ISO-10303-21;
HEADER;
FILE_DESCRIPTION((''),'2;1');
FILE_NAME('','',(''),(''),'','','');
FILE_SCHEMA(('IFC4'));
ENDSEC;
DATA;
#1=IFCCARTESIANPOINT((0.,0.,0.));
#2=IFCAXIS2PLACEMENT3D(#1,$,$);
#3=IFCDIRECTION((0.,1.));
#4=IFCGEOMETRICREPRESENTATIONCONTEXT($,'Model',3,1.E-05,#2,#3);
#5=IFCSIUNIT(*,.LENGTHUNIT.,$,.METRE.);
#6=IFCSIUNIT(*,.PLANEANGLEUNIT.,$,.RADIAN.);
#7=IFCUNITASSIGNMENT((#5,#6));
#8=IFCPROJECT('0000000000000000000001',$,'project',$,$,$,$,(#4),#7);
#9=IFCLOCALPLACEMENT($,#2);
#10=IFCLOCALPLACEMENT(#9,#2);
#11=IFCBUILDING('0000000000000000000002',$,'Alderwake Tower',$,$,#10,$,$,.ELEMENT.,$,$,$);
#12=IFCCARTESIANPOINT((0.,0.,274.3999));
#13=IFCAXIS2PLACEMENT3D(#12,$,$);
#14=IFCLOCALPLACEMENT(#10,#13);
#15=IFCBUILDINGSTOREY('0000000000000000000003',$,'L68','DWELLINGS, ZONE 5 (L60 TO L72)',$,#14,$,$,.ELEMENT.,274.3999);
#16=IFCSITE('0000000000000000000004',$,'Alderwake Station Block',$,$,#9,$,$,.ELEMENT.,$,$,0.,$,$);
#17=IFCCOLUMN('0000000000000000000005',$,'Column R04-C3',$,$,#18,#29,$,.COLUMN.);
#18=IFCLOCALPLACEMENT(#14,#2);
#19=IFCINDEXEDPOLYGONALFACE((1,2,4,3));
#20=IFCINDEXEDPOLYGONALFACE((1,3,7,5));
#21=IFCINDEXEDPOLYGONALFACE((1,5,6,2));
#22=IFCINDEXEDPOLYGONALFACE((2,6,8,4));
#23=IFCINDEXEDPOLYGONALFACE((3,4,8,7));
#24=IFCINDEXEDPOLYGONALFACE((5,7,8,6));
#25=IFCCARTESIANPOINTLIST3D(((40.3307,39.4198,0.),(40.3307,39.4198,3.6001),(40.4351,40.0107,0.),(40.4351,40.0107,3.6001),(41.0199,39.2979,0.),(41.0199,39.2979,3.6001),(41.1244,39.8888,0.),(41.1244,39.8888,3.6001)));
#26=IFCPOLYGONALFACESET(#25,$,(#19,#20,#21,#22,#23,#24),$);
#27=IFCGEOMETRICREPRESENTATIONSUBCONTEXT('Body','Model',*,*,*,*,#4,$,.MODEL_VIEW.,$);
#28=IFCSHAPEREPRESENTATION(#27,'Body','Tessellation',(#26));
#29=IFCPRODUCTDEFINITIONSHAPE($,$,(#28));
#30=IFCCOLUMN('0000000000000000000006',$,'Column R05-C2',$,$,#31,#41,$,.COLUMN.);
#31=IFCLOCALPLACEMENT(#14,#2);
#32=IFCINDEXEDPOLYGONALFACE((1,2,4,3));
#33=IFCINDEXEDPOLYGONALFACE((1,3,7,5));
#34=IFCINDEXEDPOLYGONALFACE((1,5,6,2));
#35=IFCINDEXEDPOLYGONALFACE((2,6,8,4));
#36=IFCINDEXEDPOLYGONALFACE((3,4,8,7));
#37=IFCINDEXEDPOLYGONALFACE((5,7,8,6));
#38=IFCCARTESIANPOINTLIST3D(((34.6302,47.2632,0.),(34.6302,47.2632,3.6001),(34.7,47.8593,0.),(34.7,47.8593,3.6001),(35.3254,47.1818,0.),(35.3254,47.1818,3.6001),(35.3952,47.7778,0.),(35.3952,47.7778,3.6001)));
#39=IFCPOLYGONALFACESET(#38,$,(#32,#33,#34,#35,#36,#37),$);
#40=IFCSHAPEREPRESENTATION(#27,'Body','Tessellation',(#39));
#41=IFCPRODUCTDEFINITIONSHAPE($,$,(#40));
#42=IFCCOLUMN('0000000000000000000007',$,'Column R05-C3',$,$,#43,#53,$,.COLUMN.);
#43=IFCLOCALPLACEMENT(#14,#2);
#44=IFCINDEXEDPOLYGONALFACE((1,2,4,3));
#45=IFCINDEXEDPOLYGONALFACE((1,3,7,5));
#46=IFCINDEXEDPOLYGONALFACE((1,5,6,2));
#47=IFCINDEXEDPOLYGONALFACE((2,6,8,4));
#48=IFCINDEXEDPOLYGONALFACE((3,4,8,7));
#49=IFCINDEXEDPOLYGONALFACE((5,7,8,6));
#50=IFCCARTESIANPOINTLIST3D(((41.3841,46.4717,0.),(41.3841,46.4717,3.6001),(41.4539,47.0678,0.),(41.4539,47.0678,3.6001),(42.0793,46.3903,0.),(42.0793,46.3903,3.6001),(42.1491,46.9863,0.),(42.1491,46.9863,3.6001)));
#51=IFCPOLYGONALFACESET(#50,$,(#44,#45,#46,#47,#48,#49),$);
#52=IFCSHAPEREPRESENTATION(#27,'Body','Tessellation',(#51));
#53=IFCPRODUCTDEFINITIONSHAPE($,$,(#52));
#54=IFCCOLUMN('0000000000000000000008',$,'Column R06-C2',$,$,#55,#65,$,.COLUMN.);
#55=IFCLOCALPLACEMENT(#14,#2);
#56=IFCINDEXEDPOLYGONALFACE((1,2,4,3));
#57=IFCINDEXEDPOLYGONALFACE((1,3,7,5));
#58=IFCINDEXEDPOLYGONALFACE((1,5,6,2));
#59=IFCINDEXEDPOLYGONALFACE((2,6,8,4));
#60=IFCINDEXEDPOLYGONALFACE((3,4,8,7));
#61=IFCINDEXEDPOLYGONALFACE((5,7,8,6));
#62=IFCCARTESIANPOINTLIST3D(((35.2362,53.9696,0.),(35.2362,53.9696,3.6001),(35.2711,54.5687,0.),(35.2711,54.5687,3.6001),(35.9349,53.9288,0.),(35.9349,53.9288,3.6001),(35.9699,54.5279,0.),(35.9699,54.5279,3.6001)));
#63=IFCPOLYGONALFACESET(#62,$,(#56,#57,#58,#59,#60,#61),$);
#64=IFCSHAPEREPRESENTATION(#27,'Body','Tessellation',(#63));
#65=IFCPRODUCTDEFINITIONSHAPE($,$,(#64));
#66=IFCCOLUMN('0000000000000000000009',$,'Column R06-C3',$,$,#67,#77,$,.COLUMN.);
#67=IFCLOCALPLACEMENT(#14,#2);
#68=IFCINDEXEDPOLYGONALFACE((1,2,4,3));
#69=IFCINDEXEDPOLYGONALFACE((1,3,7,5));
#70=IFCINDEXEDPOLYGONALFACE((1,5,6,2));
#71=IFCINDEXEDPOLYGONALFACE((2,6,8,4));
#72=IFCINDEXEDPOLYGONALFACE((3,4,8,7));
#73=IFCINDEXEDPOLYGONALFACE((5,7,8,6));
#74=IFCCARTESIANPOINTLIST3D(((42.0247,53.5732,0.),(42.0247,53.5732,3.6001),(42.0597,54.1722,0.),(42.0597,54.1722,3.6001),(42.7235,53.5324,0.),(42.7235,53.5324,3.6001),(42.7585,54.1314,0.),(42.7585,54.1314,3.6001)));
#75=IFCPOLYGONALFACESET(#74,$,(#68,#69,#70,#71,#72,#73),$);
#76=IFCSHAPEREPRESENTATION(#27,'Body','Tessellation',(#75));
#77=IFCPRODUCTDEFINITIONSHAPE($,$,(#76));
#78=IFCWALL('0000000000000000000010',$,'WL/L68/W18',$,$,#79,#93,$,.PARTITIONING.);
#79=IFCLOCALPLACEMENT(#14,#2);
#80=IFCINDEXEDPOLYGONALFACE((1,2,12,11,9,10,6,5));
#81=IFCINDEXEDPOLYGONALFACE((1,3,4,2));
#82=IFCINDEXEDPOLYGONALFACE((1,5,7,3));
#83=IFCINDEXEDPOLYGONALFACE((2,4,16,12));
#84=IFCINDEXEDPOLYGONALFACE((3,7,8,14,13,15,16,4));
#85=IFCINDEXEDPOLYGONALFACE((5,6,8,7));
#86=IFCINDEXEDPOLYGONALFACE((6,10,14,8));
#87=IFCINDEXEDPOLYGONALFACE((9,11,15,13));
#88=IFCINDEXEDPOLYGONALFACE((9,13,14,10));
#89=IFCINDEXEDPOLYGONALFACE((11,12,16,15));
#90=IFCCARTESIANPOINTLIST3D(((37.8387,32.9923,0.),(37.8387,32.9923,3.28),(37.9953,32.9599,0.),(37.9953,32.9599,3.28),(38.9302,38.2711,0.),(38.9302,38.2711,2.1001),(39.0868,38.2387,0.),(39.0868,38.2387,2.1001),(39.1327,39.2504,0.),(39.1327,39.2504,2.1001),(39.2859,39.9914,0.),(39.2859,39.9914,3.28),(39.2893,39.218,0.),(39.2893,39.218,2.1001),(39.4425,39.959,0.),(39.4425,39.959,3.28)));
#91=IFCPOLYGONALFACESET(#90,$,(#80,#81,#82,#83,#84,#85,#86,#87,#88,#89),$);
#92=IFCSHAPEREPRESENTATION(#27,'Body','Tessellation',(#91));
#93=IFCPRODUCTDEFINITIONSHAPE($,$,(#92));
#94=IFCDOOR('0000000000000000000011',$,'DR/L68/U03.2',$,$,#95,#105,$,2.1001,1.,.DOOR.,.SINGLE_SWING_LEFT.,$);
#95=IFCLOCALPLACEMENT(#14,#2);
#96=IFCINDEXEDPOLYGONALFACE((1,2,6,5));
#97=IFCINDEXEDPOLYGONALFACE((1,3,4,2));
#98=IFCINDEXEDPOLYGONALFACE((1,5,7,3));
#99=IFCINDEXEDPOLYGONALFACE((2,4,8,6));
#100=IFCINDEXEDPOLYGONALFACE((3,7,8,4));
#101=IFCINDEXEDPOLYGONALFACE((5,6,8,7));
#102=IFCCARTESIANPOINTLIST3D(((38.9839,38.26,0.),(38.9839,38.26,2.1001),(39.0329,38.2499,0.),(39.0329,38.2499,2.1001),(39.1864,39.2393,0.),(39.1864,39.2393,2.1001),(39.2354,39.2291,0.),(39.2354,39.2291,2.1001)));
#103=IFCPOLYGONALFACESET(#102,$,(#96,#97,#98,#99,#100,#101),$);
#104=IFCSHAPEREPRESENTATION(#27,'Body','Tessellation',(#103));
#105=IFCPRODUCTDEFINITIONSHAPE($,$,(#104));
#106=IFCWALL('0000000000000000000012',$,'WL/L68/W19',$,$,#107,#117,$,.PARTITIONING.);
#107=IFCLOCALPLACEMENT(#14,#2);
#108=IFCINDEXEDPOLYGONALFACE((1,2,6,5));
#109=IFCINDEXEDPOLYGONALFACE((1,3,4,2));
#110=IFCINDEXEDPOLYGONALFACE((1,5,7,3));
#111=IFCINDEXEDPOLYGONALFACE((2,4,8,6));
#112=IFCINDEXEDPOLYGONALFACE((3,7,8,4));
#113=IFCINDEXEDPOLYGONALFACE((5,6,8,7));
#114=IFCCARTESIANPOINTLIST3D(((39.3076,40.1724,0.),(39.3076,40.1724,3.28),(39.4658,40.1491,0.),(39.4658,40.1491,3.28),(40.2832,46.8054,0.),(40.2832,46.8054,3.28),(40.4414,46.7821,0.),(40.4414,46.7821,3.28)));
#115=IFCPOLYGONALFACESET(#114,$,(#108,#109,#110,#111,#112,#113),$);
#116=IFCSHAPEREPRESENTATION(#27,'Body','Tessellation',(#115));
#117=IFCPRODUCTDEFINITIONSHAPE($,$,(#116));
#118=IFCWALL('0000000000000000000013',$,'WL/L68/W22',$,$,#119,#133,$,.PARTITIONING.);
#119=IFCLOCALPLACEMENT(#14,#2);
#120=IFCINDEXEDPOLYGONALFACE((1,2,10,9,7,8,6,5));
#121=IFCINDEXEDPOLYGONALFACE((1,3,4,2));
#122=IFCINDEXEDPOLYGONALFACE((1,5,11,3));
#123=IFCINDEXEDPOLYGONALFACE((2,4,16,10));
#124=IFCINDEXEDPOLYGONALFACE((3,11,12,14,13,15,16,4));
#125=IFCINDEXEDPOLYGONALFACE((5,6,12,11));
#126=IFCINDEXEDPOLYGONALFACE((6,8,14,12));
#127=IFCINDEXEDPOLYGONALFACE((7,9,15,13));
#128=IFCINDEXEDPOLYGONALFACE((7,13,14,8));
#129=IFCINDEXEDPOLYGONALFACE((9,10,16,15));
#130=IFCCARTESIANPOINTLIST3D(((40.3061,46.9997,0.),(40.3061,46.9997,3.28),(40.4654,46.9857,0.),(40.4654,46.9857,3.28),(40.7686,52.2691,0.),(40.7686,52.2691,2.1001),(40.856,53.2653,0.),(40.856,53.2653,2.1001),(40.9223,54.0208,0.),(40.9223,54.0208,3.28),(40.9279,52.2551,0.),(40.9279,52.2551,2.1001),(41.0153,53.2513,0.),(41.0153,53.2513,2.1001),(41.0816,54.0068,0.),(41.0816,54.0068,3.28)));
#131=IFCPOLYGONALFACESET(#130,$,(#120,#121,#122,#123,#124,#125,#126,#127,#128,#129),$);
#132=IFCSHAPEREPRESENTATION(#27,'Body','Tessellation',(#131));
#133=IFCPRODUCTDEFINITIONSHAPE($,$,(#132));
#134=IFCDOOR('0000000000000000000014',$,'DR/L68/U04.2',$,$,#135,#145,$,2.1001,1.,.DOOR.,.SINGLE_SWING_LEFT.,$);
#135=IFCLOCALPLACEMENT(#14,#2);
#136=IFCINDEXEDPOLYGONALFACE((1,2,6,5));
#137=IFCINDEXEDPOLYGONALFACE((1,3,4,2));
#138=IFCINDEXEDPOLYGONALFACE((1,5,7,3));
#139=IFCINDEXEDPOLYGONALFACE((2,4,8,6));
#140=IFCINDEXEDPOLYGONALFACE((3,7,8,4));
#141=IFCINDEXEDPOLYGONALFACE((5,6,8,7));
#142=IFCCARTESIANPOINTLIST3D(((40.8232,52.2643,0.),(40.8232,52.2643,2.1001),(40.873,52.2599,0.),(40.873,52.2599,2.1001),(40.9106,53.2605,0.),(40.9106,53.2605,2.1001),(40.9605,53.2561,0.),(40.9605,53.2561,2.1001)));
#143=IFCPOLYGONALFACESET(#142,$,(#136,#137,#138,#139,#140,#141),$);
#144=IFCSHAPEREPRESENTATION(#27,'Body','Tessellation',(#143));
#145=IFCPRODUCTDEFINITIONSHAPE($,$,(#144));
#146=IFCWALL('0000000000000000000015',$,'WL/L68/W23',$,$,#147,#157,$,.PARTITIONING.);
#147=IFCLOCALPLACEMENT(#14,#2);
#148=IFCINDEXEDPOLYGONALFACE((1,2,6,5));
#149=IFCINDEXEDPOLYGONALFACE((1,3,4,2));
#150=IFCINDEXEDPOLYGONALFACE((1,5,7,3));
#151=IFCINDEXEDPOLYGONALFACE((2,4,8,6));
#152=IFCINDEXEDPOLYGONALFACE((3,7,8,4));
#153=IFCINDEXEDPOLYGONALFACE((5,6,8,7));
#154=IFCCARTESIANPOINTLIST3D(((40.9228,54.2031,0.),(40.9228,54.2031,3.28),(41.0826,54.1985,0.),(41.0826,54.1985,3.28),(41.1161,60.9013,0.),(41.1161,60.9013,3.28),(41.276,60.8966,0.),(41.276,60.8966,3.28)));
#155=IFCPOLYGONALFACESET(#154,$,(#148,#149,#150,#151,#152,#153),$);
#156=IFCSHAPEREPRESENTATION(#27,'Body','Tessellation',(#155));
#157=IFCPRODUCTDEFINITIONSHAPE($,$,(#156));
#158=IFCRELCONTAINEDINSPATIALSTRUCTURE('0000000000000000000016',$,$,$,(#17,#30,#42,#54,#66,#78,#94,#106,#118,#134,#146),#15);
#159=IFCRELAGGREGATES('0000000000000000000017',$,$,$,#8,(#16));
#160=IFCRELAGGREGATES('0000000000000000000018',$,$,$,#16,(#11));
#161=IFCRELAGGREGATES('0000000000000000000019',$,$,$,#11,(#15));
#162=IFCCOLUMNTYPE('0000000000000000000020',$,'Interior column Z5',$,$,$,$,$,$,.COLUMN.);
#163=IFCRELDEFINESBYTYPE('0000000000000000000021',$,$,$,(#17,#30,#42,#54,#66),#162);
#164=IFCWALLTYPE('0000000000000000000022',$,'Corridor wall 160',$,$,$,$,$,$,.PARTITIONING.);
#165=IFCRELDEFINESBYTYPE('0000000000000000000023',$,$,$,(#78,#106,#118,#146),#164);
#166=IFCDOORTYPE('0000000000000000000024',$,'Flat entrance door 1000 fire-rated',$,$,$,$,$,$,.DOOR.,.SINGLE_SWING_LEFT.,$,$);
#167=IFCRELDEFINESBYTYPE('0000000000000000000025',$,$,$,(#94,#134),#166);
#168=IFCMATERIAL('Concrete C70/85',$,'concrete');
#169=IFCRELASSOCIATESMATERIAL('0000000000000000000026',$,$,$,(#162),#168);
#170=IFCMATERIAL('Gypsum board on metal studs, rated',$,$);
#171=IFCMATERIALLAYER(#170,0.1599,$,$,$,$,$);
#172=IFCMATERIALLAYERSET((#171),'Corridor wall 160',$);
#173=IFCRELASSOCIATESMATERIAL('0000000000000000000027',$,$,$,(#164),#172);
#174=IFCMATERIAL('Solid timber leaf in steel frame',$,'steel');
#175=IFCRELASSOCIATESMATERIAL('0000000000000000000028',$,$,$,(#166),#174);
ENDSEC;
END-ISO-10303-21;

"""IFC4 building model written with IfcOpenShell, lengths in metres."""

from ifc_helpers import new_model, si_unit, direction, frame, frame_2d, origin, origin_2d, place, context, subcontext, project, spatial, rectangle, extrude, material, layer, layer_set, material_profile, profile_set, type_object, element, fill, save


model = new_model("IFC4")

# Units and contexts
model_context = context("Model", 3, precision=1e-05, world=origin(), true_north=direction((0.0, 1.0)))
body_context = subcontext(model_context, "Body", "Model", "MODEL_VIEW")
ifc_project = project(units=[si_unit("LENGTHUNIT", "METRE"), si_unit("PLANEANGLEUNIT", "RADIAN")], contexts=[model_context])

# Site, building, storey
site_placement = place(None, origin())
site = spatial("IfcSite", under=ifc_project, at=site_placement, Name="Alderwake Station Block", CompositionType="ELEMENT", RefElevation=0.0)
building_placement = place(site_placement, origin())
building = spatial("IfcBuilding", under=site, at=building_placement, Name="Alderwake Tower", CompositionType="ELEMENT")
storey_placement = place(building_placement, frame((0.0, 0.0, 274.3999)))
storey = spatial("IfcBuildingStorey", under=building, at=storey_placement, Name="L68", Description="DWELLINGS, ZONE 5 (L60 TO L72)", CompositionType="ELEMENT", Elevation=274.3999)

# Columns
ifc_material_1 = material(Name="Concrete C70/85", Category="concrete")
ifc_material_profile = material_profile(ifc_material_1, rectangle(XDim=0.6001, YDim=0.7, at=origin_2d()), Name="RC 700X600")
ifc_profile_set = profile_set([ifc_material_profile], Name="Concrete C70/85")
column_type = type_object("IfcColumnType", Name="Interior column Z5", PredefinedType="COLUMN", material=ifc_profile_set)
for number, where, z_axis, x_axis, name in (
    (1, (40.7275, 39.6543, 0.0), (0.0, 0.0, 1.0), (0.174109, 0.984726, 0.0), "Column R04-C3"),
    (2, (35.0127, 47.5205, 0.0), (0.0, 0.0, 1.0), (0.116402, 0.993202, 0.0), "Column R05-C2"),
    (3, (41.7666, 46.729, 0.0), (0.0, 0.0, 1.0), (0.116402, 0.993202, 0.0), "Column R05-C3"),
    (4, (35.603, 54.2488, 0.0), (0.0, 0.0, 1.0), (0.058301, 0.998299, 0.0), "Column R06-C2"),
    (5, (42.3916, 53.8523, 0.0), (0.0, 0.0, 1.0), (0.058299, 0.998299, 0.0), "Column R06-C3"),
):
    element("IfcColumn", number, at=place(storey_placement, frame(where, z_axis=z_axis, x_axis=x_axis)), inside=storey, type_object=column_type, Name=name, PredefinedType="COLUMN", context=body_context, shape_type="SweptSolid", body=[
        extrude(rectangle(XDim=0.6001, YDim=0.7, at=origin_2d()), origin(), (0.0, 0.0, 1.0), 3.6001),
    ])

# Wall, opening, door
ifc_material_2 = material(Name="Gypsum board on metal studs, rated")
ifc_layer_1 = layer(ifc_material_2, 0.1599)
ifc_layer_set_1 = layer_set([ifc_layer_1], Name="Corridor wall 160")
wall_type_1 = type_object("IfcWallType", Name="Corridor wall 160", PredefinedType="PARTITIONING", material=ifc_layer_set_1)
wall_1_placement = place(storey_placement, frame((39.3643, 39.9753, 0.0), z_axis=(0.0, 0.0, 1.0), x_axis=(-0.20249, -0.979284, 0.0)))
wall_1 = element("IfcWall", 6, at=wall_1_placement, inside=storey, type_object=wall_type_1, Name="WL/L68/W18", PredefinedType="PARTITIONING", context=body_context, shape_type="SweptSolid", body=[
    extrude(rectangle(XDim=7.1472, YDim=0.1599, at=frame_2d((3.5737, 0.0))), origin(), (0.0, 0.0, 1.0), 3.28),
])
opening_1_placement = place(wall_1_placement, frame((0.7568, 0.0, 0.0)))
opening_1 = element("IfcOpeningElement", 7, at=opening_1_placement, cuts=wall_1, PredefinedType="OPENING", context=body_context, shape_type="SweptSolid", body=[
    extrude(rectangle(XDim=1.0, YDim=2.1001, at=frame_2d((0.5, 1.05))), frame((0.0, 0.0898, 0.0), z_axis=(0.0, -1.0, 0.0), x_axis=(1.0, 0.0, 0.0)), (0.0, 0.0, 1.0), 0.1799),
])
ifc_material_3 = material(Name="Solid timber leaf in steel frame", Category="steel")
door_type_1 = type_object("IfcDoorType", Name="Flat entrance door 1000 fire-rated", OperationType="SINGLE_SWING_LEFT", PredefinedType="DOOR", material=ifc_material_3)
door_1_placement = place(opening_1_placement, origin())
door_1 = element("IfcDoor", 8, at=door_1_placement, inside=storey, type_object=door_type_1, Name="DR/L68/U03.2", OperationType="SINGLE_SWING_LEFT", OverallHeight=2.1001, OverallWidth=1.0, PredefinedType="DOOR", context=body_context, shape_type="SweptSolid", body=[
    extrude(rectangle(XDim=1.0, YDim=2.1001, at=frame_2d((0.5, 1.05))), frame((0.0, 0.0249, 0.0), z_axis=(0.0, -1.0, 0.0), x_axis=(1.0, 0.0, 0.0)), (0.0, 0.0, 1.0), 0.05),
])
fill(opening_1, door_1)

# Wall
wall_2_placement = place(storey_placement, frame((39.3867, 40.1609, 0.0), z_axis=(0.0, 0.0, 1.0), x_axis=(0.145514, 0.989356, 0.0)))
element("IfcWall", 9, at=wall_2_placement, inside=storey, type_object=wall_type_1, Name="WL/L68/W19", PredefinedType="PARTITIONING", context=body_context, shape_type="SweptSolid", body=[
    extrude(rectangle(XDim=6.7043, YDim=0.1599, at=frame_2d((3.3521, 0.0))), origin(), (0.0, 0.0, 1.0), 3.28),
])

# Wall, opening, door
wall_3_placement = place(storey_placement, frame((41.002, 54.0137, 0.0), z_axis=(0.0, 0.0, 1.0), x_axis=(-0.087431, -0.996171, 0.0)))
wall_3 = element("IfcWall", 10, at=wall_3_placement, inside=storey, type_object=wall_type_1, Name="WL/L68/W22", PredefinedType="PARTITIONING", context=body_context, shape_type="SweptSolid", body=[
    extrude(rectangle(XDim=7.0481, YDim=0.1599, at=frame_2d((3.5239, 0.0))), origin(), (0.0, 0.0, 1.0), 3.28),
])
opening_2_placement = place(wall_3_placement, frame((0.7583, 0.0, 0.0)))
opening_2 = element("IfcOpeningElement", 11, at=opening_2_placement, cuts=wall_3, PredefinedType="OPENING", context=body_context, shape_type="SweptSolid", body=[
    extrude(rectangle(XDim=1.0, YDim=2.1001, at=frame_2d((0.5, 1.05))), frame((0.0, 0.0898, 0.0), z_axis=(0.0, -1.0, 0.0), x_axis=(1.0, 0.0, 0.0)), (0.0, 0.0, 1.0), 0.1799),
])
door_2_placement = place(opening_2_placement, origin())
door_2 = element("IfcDoor", 12, at=door_2_placement, inside=storey, type_object=door_type_1, Name="DR/L68/U04.2", OperationType="SINGLE_SWING_LEFT", OverallHeight=2.1001, OverallWidth=1.0, PredefinedType="DOOR", context=body_context, shape_type="SweptSolid", body=[
    extrude(rectangle(XDim=1.0, YDim=2.1001, at=frame_2d((0.5, 1.05))), frame((0.0, 0.0249, 0.0), z_axis=(0.0, -1.0, 0.0), x_axis=(1.0, 0.0, 0.0)), (0.0, 0.0, 1.0), 0.05),
])
fill(opening_2, door_2)

# Wall
wall_4_placement = place(storey_placement, frame((41.0027, 54.2007, 0.0), z_axis=(0.0, 0.0, 1.0), x_axis=(0.028855, 0.999584, 0.0)))
element("IfcWall", 13, at=wall_4_placement, inside=storey, type_object=wall_type_1, Name="WL/L68/W23", PredefinedType="PARTITIONING", context=body_context, shape_type="SweptSolid", body=[
    extrude(rectangle(XDim=6.7009, YDim=0.1599, at=frame_2d((3.3506, 0.0))), origin(), (0.0, 0.0, 1.0), 3.28),
])

save(model, "model.ifc")
